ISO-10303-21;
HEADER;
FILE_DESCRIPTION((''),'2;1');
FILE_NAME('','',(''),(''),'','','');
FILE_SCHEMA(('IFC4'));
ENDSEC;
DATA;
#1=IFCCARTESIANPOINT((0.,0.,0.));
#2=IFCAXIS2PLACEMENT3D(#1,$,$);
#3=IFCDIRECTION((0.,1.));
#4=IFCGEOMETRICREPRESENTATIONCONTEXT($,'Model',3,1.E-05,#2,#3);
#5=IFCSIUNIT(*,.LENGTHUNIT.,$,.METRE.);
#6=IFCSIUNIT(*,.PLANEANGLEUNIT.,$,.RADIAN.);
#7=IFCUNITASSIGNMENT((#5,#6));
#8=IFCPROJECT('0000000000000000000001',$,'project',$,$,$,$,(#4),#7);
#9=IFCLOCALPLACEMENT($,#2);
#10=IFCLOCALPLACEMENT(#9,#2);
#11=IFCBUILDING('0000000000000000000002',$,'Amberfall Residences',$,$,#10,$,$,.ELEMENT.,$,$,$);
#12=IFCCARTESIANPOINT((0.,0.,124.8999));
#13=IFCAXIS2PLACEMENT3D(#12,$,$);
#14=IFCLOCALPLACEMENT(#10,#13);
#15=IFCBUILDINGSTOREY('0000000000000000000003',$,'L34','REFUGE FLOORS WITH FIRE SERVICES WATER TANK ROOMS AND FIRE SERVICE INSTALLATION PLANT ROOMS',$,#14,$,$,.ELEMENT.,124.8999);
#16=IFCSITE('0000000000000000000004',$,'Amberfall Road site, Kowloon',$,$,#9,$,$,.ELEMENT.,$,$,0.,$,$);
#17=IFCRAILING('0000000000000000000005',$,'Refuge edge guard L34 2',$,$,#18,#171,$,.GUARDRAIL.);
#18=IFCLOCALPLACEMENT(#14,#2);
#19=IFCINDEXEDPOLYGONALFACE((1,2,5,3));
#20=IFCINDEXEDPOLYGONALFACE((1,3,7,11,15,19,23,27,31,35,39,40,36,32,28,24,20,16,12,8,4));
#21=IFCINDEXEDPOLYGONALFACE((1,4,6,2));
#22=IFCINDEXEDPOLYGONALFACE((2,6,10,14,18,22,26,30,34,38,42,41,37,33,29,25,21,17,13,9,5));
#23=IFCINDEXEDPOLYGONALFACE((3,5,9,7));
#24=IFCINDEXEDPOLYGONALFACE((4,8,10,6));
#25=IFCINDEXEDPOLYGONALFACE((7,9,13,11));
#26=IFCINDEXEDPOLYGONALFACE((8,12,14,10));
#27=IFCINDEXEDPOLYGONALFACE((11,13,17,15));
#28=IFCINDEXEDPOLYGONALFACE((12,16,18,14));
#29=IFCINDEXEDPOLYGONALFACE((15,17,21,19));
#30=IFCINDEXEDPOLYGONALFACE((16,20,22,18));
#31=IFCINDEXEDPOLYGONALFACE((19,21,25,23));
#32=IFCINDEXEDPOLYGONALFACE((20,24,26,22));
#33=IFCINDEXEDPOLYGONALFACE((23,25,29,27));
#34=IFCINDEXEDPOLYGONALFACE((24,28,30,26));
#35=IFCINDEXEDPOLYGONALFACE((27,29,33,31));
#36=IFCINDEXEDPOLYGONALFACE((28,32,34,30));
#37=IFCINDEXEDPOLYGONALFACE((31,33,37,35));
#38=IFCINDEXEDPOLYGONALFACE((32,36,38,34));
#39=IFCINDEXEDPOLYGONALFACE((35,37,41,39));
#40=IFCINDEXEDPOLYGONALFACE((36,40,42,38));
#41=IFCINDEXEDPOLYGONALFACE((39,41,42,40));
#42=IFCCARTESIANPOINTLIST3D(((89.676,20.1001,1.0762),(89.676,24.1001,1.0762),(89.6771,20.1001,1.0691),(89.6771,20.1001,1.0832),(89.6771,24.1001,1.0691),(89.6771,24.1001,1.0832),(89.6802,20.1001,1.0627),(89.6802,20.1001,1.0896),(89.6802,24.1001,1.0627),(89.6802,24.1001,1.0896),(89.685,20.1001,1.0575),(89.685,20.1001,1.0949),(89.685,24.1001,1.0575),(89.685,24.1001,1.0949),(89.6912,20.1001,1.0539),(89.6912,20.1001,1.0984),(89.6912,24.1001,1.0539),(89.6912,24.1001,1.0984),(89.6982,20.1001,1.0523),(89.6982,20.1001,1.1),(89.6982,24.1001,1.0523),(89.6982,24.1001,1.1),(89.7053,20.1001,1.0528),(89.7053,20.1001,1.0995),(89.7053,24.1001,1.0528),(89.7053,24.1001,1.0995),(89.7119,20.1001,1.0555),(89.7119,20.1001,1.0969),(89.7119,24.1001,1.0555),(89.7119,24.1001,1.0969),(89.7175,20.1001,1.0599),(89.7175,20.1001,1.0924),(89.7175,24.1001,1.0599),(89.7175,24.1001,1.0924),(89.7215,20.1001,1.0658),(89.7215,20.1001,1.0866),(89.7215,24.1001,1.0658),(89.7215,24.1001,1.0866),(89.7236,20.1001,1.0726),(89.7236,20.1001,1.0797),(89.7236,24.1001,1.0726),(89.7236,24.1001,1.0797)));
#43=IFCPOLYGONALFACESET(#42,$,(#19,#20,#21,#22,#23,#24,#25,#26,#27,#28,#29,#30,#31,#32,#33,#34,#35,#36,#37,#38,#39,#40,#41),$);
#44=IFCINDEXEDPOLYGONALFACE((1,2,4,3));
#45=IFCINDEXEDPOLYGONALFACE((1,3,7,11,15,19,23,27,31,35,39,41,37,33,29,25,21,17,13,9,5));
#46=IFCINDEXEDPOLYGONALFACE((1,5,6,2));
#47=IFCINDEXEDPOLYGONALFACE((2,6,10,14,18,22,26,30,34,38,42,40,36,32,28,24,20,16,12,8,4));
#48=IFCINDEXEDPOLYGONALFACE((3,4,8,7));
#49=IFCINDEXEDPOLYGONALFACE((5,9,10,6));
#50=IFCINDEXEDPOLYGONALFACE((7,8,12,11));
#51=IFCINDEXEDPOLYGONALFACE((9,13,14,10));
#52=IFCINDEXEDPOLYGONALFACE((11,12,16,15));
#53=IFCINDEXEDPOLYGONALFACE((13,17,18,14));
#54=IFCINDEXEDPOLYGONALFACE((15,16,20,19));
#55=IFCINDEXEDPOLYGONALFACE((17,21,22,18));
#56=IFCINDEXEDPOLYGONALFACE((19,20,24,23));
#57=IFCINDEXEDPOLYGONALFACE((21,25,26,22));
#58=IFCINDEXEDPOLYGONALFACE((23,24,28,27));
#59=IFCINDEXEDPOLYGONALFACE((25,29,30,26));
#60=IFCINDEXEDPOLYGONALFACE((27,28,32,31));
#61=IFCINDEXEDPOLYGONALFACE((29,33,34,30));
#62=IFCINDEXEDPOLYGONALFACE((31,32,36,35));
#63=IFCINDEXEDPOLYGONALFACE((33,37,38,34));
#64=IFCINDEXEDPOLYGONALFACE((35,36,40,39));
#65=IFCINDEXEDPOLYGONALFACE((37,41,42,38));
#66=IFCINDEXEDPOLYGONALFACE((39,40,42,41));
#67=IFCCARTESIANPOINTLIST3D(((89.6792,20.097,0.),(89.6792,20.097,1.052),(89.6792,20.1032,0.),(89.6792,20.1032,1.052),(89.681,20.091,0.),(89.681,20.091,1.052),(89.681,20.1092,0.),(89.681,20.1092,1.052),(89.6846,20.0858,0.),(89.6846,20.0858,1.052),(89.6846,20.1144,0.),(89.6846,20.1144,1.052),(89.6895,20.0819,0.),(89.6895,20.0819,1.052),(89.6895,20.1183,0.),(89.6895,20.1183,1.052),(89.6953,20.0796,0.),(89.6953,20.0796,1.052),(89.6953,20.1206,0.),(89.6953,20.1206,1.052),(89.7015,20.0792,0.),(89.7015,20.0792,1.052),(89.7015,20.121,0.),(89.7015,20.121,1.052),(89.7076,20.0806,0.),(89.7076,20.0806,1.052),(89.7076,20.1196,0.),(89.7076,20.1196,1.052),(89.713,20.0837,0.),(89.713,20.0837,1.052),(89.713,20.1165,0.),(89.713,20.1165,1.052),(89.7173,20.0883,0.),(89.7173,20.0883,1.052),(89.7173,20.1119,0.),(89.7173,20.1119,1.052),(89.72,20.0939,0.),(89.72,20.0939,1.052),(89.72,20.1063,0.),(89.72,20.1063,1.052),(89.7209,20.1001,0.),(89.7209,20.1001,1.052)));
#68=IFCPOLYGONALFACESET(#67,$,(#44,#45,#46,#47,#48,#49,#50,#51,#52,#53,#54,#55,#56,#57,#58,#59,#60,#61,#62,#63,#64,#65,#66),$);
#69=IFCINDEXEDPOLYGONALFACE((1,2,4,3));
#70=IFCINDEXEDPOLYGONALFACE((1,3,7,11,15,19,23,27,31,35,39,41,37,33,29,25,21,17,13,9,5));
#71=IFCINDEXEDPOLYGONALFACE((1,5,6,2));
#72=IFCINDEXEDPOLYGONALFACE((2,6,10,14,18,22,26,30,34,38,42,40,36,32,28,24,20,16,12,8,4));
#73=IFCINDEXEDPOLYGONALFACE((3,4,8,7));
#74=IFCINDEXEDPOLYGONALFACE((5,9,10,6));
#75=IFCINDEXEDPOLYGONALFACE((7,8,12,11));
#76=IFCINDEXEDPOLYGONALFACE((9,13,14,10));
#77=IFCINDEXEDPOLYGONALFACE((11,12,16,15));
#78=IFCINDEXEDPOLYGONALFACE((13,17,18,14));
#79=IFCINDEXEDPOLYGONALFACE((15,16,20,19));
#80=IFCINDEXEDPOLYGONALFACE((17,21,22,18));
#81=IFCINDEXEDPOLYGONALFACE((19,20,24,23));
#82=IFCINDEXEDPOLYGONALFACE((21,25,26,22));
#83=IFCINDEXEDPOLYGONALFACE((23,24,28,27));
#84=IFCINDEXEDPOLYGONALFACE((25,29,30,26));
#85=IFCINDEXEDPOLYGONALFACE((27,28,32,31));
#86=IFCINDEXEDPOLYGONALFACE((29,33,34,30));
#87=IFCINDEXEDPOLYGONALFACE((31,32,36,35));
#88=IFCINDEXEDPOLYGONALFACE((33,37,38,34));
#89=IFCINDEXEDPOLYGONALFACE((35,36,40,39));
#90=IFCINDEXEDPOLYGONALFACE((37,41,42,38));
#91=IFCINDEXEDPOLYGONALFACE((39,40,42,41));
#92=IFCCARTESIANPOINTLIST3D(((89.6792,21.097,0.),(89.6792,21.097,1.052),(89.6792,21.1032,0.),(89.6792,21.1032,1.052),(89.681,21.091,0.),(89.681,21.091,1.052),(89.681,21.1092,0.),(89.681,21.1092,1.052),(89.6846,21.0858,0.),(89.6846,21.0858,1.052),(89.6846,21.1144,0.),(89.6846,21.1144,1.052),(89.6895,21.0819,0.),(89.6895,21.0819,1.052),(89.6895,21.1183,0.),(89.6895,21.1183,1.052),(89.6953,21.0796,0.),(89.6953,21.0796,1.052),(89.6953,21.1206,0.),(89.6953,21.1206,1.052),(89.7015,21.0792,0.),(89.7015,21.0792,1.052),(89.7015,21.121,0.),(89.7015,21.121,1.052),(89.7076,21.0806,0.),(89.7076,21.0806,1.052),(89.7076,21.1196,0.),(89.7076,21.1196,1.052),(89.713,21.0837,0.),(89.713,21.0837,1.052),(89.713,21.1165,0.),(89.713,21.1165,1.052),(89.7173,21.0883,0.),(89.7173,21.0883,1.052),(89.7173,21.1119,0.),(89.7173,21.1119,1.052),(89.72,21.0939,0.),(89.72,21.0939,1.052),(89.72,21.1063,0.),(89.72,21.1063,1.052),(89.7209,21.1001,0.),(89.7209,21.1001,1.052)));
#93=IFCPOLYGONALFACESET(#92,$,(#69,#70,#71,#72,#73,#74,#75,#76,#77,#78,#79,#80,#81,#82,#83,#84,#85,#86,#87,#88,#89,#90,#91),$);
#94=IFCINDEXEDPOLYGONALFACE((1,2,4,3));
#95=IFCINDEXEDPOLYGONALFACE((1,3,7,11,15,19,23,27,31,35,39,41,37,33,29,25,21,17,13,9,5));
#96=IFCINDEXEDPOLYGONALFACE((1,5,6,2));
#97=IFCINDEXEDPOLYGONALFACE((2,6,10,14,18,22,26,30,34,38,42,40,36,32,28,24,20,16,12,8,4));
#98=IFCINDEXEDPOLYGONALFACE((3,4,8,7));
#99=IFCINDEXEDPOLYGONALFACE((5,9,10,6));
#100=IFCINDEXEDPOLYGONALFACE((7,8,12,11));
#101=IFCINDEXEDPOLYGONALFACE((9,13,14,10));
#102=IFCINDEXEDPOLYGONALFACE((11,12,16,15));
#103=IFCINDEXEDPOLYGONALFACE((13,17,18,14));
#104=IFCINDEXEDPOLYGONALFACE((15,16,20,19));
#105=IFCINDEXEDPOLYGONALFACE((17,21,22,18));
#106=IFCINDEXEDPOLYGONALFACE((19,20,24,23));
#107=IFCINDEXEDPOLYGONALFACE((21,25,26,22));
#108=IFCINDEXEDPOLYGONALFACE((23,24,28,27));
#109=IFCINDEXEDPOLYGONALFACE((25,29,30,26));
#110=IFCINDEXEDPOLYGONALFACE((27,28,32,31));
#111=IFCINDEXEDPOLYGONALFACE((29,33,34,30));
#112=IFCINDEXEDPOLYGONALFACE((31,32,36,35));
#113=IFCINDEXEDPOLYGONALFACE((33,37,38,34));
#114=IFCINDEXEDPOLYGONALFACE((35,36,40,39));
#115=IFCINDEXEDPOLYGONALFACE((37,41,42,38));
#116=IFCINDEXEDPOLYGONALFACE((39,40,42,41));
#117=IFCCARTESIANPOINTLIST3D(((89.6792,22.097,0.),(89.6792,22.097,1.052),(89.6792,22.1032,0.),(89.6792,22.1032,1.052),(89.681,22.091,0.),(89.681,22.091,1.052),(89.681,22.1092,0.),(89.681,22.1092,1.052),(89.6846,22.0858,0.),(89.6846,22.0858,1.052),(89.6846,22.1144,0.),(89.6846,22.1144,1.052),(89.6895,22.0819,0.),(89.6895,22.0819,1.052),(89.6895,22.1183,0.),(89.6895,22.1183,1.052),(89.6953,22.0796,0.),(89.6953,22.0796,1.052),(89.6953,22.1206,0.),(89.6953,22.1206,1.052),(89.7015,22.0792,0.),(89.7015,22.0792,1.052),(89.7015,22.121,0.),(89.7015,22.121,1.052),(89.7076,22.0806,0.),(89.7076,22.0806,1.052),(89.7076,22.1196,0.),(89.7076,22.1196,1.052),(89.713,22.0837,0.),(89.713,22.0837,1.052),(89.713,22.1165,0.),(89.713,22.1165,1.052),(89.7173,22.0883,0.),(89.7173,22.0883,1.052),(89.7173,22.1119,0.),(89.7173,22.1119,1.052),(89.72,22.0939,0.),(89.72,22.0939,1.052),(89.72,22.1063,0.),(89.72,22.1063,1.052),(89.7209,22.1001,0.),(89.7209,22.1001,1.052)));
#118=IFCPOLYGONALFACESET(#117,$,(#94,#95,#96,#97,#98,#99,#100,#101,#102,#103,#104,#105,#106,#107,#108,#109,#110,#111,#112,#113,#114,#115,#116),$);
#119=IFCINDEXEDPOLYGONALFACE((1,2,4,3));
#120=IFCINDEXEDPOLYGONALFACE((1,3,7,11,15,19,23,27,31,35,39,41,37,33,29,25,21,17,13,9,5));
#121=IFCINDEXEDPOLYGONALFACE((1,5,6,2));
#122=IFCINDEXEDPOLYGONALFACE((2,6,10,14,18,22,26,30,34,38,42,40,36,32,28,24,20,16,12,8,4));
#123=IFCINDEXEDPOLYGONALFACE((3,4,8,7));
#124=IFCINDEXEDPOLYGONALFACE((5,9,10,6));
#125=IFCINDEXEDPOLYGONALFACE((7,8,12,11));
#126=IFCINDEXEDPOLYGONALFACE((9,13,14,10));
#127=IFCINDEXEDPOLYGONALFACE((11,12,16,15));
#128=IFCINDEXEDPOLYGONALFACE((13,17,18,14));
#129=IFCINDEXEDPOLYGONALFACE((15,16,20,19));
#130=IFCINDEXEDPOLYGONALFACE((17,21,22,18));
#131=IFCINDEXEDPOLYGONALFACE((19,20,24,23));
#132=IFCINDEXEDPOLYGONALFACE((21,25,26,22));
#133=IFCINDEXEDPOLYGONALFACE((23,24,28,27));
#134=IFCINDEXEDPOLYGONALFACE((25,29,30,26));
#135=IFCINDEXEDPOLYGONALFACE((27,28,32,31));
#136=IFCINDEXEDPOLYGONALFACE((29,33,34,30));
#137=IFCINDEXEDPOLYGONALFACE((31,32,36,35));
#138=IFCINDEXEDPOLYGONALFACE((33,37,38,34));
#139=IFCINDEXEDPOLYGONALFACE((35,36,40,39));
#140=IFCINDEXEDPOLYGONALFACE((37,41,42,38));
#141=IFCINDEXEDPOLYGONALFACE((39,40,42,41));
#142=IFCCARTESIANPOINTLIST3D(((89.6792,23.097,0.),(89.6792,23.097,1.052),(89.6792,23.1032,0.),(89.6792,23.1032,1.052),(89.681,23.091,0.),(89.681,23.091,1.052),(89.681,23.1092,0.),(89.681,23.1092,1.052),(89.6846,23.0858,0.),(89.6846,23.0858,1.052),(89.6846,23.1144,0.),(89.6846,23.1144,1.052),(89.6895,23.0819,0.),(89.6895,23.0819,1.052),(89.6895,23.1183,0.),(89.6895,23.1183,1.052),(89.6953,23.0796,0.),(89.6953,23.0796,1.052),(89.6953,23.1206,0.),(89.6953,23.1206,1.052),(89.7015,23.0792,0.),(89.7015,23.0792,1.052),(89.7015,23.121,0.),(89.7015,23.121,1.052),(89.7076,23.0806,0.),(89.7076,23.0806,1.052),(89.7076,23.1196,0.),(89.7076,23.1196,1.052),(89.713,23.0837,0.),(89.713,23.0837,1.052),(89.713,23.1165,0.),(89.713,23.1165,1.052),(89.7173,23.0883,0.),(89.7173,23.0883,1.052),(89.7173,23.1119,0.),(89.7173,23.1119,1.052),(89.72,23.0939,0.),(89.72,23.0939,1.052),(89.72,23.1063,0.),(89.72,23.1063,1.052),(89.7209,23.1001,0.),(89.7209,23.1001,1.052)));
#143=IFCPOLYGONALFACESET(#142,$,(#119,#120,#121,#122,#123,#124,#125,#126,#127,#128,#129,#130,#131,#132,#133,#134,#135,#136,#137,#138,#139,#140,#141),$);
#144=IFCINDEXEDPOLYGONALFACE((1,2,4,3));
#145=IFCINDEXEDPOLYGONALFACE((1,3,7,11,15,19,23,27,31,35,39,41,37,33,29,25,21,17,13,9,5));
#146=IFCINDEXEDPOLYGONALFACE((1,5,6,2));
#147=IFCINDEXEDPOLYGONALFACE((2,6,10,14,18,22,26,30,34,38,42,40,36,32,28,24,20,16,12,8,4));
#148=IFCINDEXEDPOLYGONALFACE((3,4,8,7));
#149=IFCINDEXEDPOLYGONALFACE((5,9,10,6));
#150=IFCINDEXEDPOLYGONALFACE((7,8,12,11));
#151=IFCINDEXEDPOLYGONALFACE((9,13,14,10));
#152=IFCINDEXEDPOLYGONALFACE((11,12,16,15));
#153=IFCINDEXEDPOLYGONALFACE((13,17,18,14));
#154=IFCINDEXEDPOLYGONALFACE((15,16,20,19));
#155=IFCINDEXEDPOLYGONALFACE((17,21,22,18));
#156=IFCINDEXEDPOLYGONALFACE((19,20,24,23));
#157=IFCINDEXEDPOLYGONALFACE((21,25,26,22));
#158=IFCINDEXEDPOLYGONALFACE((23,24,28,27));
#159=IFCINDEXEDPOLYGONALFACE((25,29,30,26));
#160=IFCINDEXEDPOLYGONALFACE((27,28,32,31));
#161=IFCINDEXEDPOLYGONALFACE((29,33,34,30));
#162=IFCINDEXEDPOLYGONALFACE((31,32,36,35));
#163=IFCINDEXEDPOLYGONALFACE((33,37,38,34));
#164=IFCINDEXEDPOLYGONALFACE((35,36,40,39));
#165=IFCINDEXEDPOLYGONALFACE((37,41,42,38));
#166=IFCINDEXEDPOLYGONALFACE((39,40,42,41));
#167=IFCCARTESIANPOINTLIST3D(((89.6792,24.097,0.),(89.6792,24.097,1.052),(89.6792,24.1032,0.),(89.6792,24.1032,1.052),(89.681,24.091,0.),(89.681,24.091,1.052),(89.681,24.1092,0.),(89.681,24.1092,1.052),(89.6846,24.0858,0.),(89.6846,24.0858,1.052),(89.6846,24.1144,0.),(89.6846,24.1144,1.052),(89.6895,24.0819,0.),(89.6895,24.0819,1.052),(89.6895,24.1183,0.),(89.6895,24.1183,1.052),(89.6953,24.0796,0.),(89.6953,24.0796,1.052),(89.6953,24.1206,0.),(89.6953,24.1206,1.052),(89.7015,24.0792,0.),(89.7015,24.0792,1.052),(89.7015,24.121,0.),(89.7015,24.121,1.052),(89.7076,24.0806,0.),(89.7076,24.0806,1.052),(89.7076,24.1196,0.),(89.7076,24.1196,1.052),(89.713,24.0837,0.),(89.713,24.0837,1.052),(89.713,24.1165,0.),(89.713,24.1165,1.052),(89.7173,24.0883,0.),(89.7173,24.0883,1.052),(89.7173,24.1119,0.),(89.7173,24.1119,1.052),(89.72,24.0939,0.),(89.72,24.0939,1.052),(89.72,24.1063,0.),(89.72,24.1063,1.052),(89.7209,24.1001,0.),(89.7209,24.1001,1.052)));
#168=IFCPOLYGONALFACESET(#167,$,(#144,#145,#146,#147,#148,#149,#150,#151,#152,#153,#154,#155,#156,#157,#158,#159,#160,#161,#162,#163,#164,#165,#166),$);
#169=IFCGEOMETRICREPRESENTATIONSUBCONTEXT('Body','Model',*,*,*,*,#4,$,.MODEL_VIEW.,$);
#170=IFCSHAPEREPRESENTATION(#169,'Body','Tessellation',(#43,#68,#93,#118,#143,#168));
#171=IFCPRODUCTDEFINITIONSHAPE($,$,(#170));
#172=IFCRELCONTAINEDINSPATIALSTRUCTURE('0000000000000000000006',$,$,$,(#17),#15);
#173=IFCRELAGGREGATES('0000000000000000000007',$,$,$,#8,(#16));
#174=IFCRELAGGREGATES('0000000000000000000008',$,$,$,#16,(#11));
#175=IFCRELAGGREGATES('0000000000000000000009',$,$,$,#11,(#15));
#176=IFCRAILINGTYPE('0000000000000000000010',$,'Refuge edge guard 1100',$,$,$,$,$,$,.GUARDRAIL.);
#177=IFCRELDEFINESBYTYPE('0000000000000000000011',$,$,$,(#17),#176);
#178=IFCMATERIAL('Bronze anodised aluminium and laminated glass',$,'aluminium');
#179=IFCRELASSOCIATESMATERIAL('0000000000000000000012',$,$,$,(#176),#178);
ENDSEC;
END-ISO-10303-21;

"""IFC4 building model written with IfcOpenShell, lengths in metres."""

from ifc_helpers import new_model, si_unit, direction, frame, origin, origin_2d, place, context, subcontext, project, spatial, circle, extrude, material, type_object, element, save


model = new_model("IFC4")

# Units and contexts
model_context = context("Model", 3, precision=1e-05, world=origin(), true_north=direction((0.0, 1.0)))
body_context = subcontext(model_context, "Body", "Model", "MODEL_VIEW")
ifc_project = project(units=[si_unit("LENGTHUNIT", "METRE"), si_unit("PLANEANGLEUNIT", "RADIAN")], contexts=[model_context])

# Site, building, storey
site_placement = place(None, origin())
site = spatial("IfcSite", under=ifc_project, at=site_placement, Name="Amberfall Road site, Kowloon", CompositionType="ELEMENT", RefElevation=0.0)
building_placement = place(site_placement, origin())
building = spatial("IfcBuilding", under=site, at=building_placement, Name="Amberfall Residences", CompositionType="ELEMENT")
storey_placement = place(building_placement, frame((0.0, 0.0, 124.8999)))
storey = spatial("IfcBuildingStorey", under=building, at=storey_placement, Name="L34", Description="REFUGE FLOORS WITH FIRE SERVICES WATER TANK ROOMS AND FIRE SERVICE INSTALLATION PLANT ROOMS", CompositionType="ELEMENT", Elevation=124.8999)

# Railing
ifc_material_1 = material(Name="Bronze anodised aluminium and laminated glass", Category="aluminium")
railing_type = type_object("IfcRailingType", Name="Refuge edge guard 1100", PredefinedType="GUARDRAIL", material=ifc_material_1)
railing_1_placement = place(storey_placement, frame((89.7, 20.1001, 0.0)))
element("IfcRailing", 1, at=railing_1_placement, inside=storey, type_object=railing_type, Name="Refuge edge guard L34 2", PredefinedType="GUARDRAIL", context=body_context, shape_type="SweptSolid", body=[
    extrude(circle(Radius=0.0239, at=origin_2d()), frame((0.0, 0.0, 1.0762), z_axis=(0.0, 1.0, 0.0), x_axis=(-1.0, 0.0, 0.0)), (0.0, 0.0, 1.0), 4.0),
    extrude(circle(Radius=0.021, at=origin_2d()), origin(), (0.0, 0.0, 1.0), 1.052),
    extrude(circle(Radius=0.021, at=origin_2d()), frame((0.0, 1.0, 0.0)), (0.0, 0.0, 1.0), 1.052),
    extrude(circle(Radius=0.021, at=origin_2d()), frame((0.0, 2.0, 0.0)), (0.0, 0.0, 1.0), 1.052),
    extrude(circle(Radius=0.021, at=origin_2d()), frame((0.0, 3.0, 0.0)), (0.0, 0.0, 1.0), 1.052),
    extrude(circle(Radius=0.021, at=origin_2d()), frame((0.0, 4.0, 0.0)), (0.0, 0.0, 1.0), 1.052),
])

save(model, "model.ifc")
